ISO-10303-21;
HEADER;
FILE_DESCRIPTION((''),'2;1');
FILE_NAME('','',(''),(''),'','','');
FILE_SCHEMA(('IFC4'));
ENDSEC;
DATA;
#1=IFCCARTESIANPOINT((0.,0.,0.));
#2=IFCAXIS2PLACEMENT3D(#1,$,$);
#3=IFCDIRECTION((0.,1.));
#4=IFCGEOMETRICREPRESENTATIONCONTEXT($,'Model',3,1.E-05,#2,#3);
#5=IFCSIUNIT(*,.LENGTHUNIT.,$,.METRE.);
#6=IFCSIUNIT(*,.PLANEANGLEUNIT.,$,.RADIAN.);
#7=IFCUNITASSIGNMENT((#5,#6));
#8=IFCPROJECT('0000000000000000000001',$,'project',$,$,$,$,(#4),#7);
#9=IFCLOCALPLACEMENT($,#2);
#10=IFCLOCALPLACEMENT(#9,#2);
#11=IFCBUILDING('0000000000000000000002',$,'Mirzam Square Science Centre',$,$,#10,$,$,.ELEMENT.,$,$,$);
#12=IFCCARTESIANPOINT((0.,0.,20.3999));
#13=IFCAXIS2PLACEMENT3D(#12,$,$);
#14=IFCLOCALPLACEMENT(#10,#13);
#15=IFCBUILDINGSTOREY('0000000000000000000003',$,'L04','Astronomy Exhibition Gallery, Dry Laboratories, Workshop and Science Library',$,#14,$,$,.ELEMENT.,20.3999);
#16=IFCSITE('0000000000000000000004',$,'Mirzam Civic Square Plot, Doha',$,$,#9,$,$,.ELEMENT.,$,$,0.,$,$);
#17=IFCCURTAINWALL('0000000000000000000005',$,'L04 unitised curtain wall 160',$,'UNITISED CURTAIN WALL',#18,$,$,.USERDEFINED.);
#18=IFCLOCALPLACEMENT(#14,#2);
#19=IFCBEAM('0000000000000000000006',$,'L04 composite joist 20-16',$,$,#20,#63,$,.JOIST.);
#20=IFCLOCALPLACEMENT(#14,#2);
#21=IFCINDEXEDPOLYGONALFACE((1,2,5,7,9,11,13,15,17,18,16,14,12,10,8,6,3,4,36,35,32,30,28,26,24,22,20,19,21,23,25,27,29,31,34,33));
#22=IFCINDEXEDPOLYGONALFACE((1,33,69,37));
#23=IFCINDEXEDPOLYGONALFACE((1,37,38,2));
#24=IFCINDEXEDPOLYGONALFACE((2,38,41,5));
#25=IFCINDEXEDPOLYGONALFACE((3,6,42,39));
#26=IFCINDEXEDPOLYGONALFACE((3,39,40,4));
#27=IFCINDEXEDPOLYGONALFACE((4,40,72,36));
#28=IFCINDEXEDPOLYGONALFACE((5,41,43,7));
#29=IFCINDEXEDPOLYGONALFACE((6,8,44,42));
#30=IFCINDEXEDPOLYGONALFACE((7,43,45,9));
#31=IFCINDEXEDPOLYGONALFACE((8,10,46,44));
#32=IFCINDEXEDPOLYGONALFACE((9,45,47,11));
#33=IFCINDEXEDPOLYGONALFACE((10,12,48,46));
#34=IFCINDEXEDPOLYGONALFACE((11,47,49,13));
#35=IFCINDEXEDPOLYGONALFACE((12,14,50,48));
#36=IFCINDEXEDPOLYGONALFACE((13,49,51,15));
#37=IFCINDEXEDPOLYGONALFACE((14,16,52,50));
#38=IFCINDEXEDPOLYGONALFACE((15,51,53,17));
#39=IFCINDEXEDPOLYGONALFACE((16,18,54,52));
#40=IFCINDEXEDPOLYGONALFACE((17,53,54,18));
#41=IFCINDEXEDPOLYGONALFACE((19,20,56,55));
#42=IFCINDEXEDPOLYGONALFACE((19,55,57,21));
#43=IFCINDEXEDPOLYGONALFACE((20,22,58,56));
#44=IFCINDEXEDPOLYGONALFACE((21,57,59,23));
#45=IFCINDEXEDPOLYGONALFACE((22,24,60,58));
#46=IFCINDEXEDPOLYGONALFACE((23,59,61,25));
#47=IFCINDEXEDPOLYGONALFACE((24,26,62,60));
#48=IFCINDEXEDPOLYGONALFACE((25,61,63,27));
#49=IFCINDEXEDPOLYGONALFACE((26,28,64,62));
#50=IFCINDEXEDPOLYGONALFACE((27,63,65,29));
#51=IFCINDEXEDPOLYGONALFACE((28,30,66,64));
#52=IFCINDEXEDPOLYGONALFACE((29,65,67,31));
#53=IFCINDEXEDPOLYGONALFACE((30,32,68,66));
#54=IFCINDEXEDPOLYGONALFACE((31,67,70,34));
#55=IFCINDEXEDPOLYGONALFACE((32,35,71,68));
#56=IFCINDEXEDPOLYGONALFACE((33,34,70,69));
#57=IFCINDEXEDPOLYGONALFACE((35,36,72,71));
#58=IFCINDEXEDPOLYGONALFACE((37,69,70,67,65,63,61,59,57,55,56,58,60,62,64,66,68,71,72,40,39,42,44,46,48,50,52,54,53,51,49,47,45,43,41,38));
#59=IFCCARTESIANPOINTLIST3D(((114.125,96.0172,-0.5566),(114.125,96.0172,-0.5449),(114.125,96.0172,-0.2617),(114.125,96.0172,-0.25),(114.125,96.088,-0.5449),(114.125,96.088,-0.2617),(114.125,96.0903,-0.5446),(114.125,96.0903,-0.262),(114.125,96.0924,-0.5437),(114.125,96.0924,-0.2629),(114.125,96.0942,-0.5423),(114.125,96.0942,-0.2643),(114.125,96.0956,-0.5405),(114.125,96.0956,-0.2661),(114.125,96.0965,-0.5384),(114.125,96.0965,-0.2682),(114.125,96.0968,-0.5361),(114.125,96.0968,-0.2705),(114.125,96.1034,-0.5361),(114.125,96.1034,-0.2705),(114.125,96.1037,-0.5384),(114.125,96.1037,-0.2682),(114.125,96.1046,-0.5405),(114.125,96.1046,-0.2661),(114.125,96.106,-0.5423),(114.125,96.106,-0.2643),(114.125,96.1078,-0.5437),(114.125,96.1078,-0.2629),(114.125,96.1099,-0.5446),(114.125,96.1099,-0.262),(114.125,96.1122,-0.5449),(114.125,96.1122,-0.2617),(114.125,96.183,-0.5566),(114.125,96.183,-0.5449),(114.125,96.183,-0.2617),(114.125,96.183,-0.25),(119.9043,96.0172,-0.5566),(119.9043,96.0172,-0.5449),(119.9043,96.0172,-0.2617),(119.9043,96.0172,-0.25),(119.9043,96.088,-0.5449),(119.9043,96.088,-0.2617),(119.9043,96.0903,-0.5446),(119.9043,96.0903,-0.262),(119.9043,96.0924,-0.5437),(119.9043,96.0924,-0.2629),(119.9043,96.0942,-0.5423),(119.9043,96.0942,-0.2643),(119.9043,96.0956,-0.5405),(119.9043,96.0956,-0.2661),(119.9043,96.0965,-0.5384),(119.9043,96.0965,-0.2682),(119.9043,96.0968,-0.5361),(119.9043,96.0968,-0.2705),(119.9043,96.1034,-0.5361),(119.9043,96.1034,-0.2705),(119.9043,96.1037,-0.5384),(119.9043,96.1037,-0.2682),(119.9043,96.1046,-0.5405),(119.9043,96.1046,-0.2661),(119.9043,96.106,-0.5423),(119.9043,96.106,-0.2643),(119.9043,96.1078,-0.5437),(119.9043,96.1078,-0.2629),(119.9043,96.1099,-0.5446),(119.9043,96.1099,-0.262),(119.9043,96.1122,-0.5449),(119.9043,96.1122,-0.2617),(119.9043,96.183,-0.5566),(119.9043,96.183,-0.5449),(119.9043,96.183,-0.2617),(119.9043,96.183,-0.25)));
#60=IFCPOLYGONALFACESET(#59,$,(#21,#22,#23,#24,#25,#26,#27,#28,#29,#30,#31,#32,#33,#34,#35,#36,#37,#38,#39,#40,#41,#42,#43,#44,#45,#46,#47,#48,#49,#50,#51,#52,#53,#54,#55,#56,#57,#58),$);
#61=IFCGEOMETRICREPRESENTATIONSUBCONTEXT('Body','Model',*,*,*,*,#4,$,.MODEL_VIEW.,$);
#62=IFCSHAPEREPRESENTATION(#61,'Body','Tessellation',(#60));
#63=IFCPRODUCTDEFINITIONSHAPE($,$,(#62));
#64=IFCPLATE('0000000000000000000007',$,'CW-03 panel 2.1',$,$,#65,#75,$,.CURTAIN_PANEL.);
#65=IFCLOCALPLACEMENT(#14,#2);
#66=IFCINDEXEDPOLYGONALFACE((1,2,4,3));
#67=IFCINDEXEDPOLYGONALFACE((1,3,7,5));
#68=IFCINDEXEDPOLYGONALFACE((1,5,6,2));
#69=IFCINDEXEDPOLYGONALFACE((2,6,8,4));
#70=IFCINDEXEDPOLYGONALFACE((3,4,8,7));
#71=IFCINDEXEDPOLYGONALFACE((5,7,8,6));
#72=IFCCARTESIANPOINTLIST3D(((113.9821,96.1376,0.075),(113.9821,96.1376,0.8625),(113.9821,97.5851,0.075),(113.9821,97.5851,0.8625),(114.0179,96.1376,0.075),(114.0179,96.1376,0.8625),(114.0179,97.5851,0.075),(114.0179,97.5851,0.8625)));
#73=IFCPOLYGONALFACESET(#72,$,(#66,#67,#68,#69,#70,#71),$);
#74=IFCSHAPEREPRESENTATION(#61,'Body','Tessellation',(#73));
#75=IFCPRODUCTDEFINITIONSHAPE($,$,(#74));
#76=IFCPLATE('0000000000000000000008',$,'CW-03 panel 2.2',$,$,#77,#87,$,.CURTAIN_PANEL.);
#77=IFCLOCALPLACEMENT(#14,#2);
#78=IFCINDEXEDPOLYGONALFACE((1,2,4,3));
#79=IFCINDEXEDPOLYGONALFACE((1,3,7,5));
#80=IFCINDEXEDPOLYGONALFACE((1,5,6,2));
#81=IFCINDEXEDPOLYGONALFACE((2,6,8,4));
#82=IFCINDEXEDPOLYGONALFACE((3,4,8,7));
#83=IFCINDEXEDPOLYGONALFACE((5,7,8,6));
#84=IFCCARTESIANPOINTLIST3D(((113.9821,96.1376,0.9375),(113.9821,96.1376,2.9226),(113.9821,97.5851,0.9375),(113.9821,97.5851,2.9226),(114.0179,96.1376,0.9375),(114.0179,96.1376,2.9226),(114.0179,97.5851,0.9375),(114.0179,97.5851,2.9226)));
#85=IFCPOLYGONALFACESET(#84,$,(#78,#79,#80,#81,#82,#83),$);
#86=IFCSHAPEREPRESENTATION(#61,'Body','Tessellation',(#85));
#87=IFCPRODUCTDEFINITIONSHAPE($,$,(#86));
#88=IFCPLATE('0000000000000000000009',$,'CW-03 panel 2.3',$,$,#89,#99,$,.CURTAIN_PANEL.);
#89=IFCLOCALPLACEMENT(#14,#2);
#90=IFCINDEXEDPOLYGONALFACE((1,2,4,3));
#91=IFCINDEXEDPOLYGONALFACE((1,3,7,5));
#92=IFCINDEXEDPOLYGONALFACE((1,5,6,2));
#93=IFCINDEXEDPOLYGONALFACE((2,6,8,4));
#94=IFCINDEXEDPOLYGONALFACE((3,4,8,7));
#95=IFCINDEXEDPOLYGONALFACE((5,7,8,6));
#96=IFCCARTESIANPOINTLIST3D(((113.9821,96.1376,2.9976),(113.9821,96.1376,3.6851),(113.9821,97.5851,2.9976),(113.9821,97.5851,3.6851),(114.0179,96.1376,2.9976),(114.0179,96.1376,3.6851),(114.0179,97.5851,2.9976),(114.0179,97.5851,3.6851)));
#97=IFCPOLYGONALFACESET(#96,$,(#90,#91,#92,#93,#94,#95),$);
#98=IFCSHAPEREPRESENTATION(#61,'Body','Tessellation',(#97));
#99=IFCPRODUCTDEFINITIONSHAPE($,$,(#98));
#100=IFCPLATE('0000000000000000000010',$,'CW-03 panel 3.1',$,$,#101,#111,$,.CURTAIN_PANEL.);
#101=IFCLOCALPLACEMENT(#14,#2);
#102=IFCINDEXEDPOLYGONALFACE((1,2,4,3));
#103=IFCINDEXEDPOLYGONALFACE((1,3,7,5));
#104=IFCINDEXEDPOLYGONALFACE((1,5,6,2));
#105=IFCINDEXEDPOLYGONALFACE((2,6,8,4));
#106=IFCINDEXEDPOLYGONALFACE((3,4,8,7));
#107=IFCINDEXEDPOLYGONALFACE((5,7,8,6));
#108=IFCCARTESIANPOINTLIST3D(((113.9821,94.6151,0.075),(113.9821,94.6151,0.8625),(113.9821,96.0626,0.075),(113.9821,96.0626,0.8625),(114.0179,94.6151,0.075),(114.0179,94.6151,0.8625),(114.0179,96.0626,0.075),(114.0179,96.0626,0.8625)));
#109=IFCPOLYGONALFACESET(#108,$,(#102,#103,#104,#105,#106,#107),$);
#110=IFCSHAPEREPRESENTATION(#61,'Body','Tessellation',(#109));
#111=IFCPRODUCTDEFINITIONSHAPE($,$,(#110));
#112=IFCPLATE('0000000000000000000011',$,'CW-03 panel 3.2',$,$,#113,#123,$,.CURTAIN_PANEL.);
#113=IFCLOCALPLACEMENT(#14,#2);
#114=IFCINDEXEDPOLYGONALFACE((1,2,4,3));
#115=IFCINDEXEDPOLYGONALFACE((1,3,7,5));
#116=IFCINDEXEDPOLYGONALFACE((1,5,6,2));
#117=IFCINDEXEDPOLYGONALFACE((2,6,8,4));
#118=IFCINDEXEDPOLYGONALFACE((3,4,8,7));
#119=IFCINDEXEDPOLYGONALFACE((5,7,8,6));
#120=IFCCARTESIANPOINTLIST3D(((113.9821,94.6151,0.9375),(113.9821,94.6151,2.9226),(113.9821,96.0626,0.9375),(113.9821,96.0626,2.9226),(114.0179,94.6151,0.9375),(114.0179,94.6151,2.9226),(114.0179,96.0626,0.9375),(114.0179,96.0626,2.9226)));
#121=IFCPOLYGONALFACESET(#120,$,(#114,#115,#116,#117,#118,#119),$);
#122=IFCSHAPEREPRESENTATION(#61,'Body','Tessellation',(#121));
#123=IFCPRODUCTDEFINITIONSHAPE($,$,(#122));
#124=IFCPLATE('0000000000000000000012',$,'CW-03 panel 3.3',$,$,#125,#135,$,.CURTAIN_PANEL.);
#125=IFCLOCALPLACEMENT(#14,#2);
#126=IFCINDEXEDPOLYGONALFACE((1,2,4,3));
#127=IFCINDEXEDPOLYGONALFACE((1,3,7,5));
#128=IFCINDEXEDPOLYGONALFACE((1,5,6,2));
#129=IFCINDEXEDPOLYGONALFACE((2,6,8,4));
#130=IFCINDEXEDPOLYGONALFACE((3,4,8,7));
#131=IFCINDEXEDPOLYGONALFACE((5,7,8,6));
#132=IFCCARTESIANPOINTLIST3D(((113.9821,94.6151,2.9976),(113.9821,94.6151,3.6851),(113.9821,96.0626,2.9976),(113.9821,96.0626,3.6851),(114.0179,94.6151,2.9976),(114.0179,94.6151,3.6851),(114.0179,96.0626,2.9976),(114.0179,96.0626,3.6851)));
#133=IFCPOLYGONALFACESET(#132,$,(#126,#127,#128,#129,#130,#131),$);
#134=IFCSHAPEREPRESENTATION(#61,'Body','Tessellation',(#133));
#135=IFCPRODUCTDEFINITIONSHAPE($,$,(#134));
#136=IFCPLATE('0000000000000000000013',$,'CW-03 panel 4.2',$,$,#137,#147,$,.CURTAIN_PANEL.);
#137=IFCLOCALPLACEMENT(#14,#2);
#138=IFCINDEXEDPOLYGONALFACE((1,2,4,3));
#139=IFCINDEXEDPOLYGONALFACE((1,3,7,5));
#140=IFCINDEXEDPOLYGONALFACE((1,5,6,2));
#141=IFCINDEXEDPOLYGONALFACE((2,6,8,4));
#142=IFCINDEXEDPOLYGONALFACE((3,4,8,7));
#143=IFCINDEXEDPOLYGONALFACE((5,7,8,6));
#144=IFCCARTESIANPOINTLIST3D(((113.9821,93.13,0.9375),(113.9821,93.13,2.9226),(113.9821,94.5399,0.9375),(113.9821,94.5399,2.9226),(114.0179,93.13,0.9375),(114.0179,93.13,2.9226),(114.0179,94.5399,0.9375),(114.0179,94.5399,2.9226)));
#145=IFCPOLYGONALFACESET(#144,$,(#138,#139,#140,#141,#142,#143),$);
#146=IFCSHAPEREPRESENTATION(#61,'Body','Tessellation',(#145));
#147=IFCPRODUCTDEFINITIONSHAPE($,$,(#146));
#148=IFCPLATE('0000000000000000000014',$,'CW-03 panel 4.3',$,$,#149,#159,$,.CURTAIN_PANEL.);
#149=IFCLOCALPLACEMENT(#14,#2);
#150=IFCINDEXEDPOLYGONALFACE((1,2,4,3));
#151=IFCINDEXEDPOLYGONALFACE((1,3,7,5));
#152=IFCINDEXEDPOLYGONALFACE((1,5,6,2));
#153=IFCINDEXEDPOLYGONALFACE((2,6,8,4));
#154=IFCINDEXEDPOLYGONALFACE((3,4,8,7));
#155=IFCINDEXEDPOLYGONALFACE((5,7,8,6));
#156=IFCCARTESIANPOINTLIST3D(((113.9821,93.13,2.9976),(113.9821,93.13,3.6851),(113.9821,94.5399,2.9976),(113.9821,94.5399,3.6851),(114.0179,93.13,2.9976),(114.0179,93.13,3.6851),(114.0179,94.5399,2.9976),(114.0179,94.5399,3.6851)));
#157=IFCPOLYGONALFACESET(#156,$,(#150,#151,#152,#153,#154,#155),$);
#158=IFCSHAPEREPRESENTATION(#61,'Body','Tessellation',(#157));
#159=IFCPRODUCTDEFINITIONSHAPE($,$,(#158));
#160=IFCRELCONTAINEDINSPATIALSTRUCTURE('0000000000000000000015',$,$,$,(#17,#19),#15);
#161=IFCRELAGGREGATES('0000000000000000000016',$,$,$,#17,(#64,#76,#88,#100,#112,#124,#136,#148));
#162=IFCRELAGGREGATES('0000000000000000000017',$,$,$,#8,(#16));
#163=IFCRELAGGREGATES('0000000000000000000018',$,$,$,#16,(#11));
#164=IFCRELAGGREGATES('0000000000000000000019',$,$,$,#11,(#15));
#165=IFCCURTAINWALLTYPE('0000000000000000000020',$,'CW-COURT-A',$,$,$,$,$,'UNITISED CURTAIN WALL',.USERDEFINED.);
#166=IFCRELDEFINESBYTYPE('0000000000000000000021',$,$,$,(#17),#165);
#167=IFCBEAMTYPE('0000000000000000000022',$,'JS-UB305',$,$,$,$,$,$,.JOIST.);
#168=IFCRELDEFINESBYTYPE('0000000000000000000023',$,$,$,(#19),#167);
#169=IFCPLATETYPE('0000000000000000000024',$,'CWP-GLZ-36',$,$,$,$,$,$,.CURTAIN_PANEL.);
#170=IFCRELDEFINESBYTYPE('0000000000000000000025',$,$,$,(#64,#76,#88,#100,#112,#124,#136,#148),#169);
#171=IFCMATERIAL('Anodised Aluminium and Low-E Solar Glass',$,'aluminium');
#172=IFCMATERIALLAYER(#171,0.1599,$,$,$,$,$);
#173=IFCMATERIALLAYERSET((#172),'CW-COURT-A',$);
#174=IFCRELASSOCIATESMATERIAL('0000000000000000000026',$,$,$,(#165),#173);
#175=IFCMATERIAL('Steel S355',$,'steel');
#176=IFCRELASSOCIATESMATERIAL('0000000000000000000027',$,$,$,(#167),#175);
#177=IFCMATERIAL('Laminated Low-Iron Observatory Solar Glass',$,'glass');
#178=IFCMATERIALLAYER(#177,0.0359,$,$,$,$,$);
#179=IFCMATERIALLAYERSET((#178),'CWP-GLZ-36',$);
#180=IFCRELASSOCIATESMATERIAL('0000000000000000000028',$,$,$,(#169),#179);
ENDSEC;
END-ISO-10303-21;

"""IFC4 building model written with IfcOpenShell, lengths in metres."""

from ifc_helpers import new_model, si_unit, direction, frame, origin, origin_2d, place, context, subcontext, project, spatial, rectangle, i_section, extrude, material, layer, layer_set, material_profile, profile_set, type_object, element, aggregate, save


model = new_model("IFC4")

# Units and contexts
model_context = context("Model", 3, precision=1e-05, world=origin(), true_north=direction((0.0, 1.0)))
body_context = subcontext(model_context, "Body", "Model", "MODEL_VIEW")
ifc_project = project(units=[si_unit("LENGTHUNIT", "METRE"), si_unit("PLANEANGLEUNIT", "RADIAN")], contexts=[model_context])

# Site, building, storey
site_placement = place(None, origin())
site = spatial("IfcSite", under=ifc_project, at=site_placement, Name="Mirzam Civic Square Plot, Doha", CompositionType="ELEMENT", RefElevation=0.0)
building_placement = place(site_placement, origin())
building = spatial("IfcBuilding", under=site, at=building_placement, Name="Mirzam Square Science Centre", CompositionType="ELEMENT")
storey_placement = place(building_placement, frame((0.0, 0.0, 20.3999)))
storey = spatial("IfcBuildingStorey", under=building, at=storey_placement, Name="L04", Description="Astronomy Exhibition Gallery, Dry Laboratories, Workshop and Science Library", CompositionType="ELEMENT", Elevation=20.3999)

# Curtain wall
ifc_material_1 = material(Name="Anodised Aluminium and Low-E Solar Glass", Category="aluminium")
ifc_layer_1 = layer(ifc_material_1, 0.1599)
ifc_layer_set_1 = layer_set([ifc_layer_1], Name="CW-COURT-A")
curtain_wall_type = type_object("IfcCurtainWallType", Name="CW-COURT-A", ElementType="UNITISED CURTAIN WALL", PredefinedType="USERDEFINED", material=ifc_layer_set_1)
curtain_wall_placement = place(storey_placement, origin())
curtain_wall = element("IfcCurtainWall", 1, at=curtain_wall_placement, inside=storey, type_object=curtain_wall_type, Name="L04 unitised curtain wall 160", ObjectType="UNITISED CURTAIN WALL", PredefinedType="USERDEFINED")

# Beam
ifc_material_2 = material(Name="Steel S355", Category="steel")
ifc_material_profile_1 = material_profile(ifc_material_2, i_section(OverallWidth=0.1658, OverallDepth=0.3066, WebThickness=0.0066, FlangeThickness=0.0117, FilletRadius=0.0088, at=origin_2d()), Name="305x165x46UB")
ifc_profile_set_1 = profile_set([ifc_material_profile_1], Name="Steel S355")
beam_type_1 = type_object("IfcBeamType", Name="JS-UB305", PredefinedType="JOIST", material=ifc_profile_set_1)
beam_1_placement = place(storey_placement, frame((114.125, 96.1001, -0.4033), z_axis=(1.0, 0.0, 0.0), x_axis=(0.0, 1.0, 0.0)))
element("IfcBeam", 2, at=beam_1_placement, inside=storey, type_object=beam_type_1, Name="L04 composite joist 20-16", PredefinedType="JOIST", context=body_context, shape_type="SweptSolid", body=[
    extrude(i_section(OverallWidth=0.1658, OverallDepth=0.3066, WebThickness=0.0066, FlangeThickness=0.0117, FilletRadius=0.0088, at=origin_2d()), origin(), (0.0, 0.0, 1.0), 5.7793),
])

# Plates
ifc_material_3 = material(Name="Laminated Low-Iron Observatory Solar Glass", Category="glass")
ifc_layer_2 = layer(ifc_material_3, 0.0359)
ifc_layer_set_2 = layer_set([ifc_layer_2], Name="CWP-GLZ-36")
plate_type = type_object("IfcPlateType", Name="CWP-GLZ-36", PredefinedType="CURTAIN_PANEL", material=ifc_layer_set_2)
plate_1_placement = place(storey_placement, frame((114.0, 96.8613, 0.075), z_axis=(0.0, 0.0, 1.0), x_axis=(0.0, -1.0, 0.0)))
plate_1 = element("IfcPlate", 3, at=plate_1_placement, type_object=plate_type, Name="CW-03 panel 2.1", PredefinedType="CURTAIN_PANEL", context=body_context, shape_type="SweptSolid", body=[
    extrude(rectangle(XDim=1.4475, YDim=0.0359, at=origin_2d()), origin(), (0.0, 0.0, 1.0), 0.7876),
])
plate_2_placement = place(storey_placement, frame((114.0, 96.8613, 0.9375), z_axis=(0.0, 0.0, 1.0), x_axis=(0.0, -1.0, 0.0)))
plate_2 = element("IfcPlate", 4, at=plate_2_placement, type_object=plate_type, Name="CW-03 panel 2.2", PredefinedType="CURTAIN_PANEL", context=body_context, shape_type="SweptSolid", body=[
    extrude(rectangle(XDim=1.4475, YDim=0.0359, at=origin_2d()), origin(), (0.0, 0.0, 1.0), 1.9851),
])
plate_3_placement = place(storey_placement, frame((114.0, 96.8613, 2.9976), z_axis=(0.0, 0.0, 1.0), x_axis=(0.0, -1.0, 0.0)))
plate_3 = element("IfcPlate", 5, at=plate_3_placement, type_object=plate_type, Name="CW-03 panel 2.3", PredefinedType="CURTAIN_PANEL", context=body_context, shape_type="SweptSolid", body=[
    extrude(rectangle(XDim=1.4475, YDim=0.0359, at=origin_2d()), origin(), (0.0, 0.0, 1.0), 0.6875),
])
plate_4_placement = place(storey_placement, frame((114.0, 95.3389, 0.075), z_axis=(0.0, 0.0, 1.0), x_axis=(0.0, -1.0, 0.0)))
plate_4 = element("IfcPlate", 6, at=plate_4_placement, type_object=plate_type, Name="CW-03 panel 3.1", PredefinedType="CURTAIN_PANEL", context=body_context, shape_type="SweptSolid", body=[
    extrude(rectangle(XDim=1.4475, YDim=0.0359, at=origin_2d()), origin(), (0.0, 0.0, 1.0), 0.7876),
])
plate_5_placement = place(storey_placement, frame((114.0, 95.3389, 0.9375), z_axis=(0.0, 0.0, 1.0), x_axis=(0.0, -1.0, 0.0)))
plate_5 = element("IfcPlate", 7, at=plate_5_placement, type_object=plate_type, Name="CW-03 panel 3.2", PredefinedType="CURTAIN_PANEL", context=body_context, shape_type="SweptSolid", body=[
    extrude(rectangle(XDim=1.4475, YDim=0.0359, at=origin_2d()), origin(), (0.0, 0.0, 1.0), 1.9851),
])
plate_6_placement = place(storey_placement, frame((114.0, 95.3389, 2.9976), z_axis=(0.0, 0.0, 1.0), x_axis=(0.0, -1.0, 0.0)))
plate_6 = element("IfcPlate", 8, at=plate_6_placement, type_object=plate_type, Name="CW-03 panel 3.3", PredefinedType="CURTAIN_PANEL", context=body_context, shape_type="SweptSolid", body=[
    extrude(rectangle(XDim=1.4475, YDim=0.0359, at=origin_2d()), origin(), (0.0, 0.0, 1.0), 0.6875),
])
plate_7_placement = place(storey_placement, frame((114.0, 93.835, 0.9375), z_axis=(0.0, 0.0, 1.0), x_axis=(0.0, -1.0, 0.0)))
plate_7 = element("IfcPlate", 9, at=plate_7_placement, type_object=plate_type, Name="CW-03 panel 4.2", PredefinedType="CURTAIN_PANEL", context=body_context, shape_type="SweptSolid", body=[
    extrude(rectangle(XDim=1.4099, YDim=0.0359, at=origin_2d()), origin(), (0.0, 0.0, 1.0), 1.9851),
])
plate_8_placement = place(storey_placement, frame((114.0, 93.835, 2.9976), z_axis=(0.0, 0.0, 1.0), x_axis=(0.0, -1.0, 0.0)))
plate_8 = element("IfcPlate", 10, at=plate_8_placement, type_object=plate_type, Name="CW-03 panel 4.3", PredefinedType="CURTAIN_PANEL", context=body_context, shape_type="SweptSolid", body=[
    extrude(rectangle(XDim=1.4099, YDim=0.0359, at=origin_2d()), origin(), (0.0, 0.0, 1.0), 0.6875),
])
aggregate(curtain_wall, [plate_1, plate_2, plate_3, plate_4, plate_5, plate_6, plate_7, plate_8])

save(model, "model.ifc")
